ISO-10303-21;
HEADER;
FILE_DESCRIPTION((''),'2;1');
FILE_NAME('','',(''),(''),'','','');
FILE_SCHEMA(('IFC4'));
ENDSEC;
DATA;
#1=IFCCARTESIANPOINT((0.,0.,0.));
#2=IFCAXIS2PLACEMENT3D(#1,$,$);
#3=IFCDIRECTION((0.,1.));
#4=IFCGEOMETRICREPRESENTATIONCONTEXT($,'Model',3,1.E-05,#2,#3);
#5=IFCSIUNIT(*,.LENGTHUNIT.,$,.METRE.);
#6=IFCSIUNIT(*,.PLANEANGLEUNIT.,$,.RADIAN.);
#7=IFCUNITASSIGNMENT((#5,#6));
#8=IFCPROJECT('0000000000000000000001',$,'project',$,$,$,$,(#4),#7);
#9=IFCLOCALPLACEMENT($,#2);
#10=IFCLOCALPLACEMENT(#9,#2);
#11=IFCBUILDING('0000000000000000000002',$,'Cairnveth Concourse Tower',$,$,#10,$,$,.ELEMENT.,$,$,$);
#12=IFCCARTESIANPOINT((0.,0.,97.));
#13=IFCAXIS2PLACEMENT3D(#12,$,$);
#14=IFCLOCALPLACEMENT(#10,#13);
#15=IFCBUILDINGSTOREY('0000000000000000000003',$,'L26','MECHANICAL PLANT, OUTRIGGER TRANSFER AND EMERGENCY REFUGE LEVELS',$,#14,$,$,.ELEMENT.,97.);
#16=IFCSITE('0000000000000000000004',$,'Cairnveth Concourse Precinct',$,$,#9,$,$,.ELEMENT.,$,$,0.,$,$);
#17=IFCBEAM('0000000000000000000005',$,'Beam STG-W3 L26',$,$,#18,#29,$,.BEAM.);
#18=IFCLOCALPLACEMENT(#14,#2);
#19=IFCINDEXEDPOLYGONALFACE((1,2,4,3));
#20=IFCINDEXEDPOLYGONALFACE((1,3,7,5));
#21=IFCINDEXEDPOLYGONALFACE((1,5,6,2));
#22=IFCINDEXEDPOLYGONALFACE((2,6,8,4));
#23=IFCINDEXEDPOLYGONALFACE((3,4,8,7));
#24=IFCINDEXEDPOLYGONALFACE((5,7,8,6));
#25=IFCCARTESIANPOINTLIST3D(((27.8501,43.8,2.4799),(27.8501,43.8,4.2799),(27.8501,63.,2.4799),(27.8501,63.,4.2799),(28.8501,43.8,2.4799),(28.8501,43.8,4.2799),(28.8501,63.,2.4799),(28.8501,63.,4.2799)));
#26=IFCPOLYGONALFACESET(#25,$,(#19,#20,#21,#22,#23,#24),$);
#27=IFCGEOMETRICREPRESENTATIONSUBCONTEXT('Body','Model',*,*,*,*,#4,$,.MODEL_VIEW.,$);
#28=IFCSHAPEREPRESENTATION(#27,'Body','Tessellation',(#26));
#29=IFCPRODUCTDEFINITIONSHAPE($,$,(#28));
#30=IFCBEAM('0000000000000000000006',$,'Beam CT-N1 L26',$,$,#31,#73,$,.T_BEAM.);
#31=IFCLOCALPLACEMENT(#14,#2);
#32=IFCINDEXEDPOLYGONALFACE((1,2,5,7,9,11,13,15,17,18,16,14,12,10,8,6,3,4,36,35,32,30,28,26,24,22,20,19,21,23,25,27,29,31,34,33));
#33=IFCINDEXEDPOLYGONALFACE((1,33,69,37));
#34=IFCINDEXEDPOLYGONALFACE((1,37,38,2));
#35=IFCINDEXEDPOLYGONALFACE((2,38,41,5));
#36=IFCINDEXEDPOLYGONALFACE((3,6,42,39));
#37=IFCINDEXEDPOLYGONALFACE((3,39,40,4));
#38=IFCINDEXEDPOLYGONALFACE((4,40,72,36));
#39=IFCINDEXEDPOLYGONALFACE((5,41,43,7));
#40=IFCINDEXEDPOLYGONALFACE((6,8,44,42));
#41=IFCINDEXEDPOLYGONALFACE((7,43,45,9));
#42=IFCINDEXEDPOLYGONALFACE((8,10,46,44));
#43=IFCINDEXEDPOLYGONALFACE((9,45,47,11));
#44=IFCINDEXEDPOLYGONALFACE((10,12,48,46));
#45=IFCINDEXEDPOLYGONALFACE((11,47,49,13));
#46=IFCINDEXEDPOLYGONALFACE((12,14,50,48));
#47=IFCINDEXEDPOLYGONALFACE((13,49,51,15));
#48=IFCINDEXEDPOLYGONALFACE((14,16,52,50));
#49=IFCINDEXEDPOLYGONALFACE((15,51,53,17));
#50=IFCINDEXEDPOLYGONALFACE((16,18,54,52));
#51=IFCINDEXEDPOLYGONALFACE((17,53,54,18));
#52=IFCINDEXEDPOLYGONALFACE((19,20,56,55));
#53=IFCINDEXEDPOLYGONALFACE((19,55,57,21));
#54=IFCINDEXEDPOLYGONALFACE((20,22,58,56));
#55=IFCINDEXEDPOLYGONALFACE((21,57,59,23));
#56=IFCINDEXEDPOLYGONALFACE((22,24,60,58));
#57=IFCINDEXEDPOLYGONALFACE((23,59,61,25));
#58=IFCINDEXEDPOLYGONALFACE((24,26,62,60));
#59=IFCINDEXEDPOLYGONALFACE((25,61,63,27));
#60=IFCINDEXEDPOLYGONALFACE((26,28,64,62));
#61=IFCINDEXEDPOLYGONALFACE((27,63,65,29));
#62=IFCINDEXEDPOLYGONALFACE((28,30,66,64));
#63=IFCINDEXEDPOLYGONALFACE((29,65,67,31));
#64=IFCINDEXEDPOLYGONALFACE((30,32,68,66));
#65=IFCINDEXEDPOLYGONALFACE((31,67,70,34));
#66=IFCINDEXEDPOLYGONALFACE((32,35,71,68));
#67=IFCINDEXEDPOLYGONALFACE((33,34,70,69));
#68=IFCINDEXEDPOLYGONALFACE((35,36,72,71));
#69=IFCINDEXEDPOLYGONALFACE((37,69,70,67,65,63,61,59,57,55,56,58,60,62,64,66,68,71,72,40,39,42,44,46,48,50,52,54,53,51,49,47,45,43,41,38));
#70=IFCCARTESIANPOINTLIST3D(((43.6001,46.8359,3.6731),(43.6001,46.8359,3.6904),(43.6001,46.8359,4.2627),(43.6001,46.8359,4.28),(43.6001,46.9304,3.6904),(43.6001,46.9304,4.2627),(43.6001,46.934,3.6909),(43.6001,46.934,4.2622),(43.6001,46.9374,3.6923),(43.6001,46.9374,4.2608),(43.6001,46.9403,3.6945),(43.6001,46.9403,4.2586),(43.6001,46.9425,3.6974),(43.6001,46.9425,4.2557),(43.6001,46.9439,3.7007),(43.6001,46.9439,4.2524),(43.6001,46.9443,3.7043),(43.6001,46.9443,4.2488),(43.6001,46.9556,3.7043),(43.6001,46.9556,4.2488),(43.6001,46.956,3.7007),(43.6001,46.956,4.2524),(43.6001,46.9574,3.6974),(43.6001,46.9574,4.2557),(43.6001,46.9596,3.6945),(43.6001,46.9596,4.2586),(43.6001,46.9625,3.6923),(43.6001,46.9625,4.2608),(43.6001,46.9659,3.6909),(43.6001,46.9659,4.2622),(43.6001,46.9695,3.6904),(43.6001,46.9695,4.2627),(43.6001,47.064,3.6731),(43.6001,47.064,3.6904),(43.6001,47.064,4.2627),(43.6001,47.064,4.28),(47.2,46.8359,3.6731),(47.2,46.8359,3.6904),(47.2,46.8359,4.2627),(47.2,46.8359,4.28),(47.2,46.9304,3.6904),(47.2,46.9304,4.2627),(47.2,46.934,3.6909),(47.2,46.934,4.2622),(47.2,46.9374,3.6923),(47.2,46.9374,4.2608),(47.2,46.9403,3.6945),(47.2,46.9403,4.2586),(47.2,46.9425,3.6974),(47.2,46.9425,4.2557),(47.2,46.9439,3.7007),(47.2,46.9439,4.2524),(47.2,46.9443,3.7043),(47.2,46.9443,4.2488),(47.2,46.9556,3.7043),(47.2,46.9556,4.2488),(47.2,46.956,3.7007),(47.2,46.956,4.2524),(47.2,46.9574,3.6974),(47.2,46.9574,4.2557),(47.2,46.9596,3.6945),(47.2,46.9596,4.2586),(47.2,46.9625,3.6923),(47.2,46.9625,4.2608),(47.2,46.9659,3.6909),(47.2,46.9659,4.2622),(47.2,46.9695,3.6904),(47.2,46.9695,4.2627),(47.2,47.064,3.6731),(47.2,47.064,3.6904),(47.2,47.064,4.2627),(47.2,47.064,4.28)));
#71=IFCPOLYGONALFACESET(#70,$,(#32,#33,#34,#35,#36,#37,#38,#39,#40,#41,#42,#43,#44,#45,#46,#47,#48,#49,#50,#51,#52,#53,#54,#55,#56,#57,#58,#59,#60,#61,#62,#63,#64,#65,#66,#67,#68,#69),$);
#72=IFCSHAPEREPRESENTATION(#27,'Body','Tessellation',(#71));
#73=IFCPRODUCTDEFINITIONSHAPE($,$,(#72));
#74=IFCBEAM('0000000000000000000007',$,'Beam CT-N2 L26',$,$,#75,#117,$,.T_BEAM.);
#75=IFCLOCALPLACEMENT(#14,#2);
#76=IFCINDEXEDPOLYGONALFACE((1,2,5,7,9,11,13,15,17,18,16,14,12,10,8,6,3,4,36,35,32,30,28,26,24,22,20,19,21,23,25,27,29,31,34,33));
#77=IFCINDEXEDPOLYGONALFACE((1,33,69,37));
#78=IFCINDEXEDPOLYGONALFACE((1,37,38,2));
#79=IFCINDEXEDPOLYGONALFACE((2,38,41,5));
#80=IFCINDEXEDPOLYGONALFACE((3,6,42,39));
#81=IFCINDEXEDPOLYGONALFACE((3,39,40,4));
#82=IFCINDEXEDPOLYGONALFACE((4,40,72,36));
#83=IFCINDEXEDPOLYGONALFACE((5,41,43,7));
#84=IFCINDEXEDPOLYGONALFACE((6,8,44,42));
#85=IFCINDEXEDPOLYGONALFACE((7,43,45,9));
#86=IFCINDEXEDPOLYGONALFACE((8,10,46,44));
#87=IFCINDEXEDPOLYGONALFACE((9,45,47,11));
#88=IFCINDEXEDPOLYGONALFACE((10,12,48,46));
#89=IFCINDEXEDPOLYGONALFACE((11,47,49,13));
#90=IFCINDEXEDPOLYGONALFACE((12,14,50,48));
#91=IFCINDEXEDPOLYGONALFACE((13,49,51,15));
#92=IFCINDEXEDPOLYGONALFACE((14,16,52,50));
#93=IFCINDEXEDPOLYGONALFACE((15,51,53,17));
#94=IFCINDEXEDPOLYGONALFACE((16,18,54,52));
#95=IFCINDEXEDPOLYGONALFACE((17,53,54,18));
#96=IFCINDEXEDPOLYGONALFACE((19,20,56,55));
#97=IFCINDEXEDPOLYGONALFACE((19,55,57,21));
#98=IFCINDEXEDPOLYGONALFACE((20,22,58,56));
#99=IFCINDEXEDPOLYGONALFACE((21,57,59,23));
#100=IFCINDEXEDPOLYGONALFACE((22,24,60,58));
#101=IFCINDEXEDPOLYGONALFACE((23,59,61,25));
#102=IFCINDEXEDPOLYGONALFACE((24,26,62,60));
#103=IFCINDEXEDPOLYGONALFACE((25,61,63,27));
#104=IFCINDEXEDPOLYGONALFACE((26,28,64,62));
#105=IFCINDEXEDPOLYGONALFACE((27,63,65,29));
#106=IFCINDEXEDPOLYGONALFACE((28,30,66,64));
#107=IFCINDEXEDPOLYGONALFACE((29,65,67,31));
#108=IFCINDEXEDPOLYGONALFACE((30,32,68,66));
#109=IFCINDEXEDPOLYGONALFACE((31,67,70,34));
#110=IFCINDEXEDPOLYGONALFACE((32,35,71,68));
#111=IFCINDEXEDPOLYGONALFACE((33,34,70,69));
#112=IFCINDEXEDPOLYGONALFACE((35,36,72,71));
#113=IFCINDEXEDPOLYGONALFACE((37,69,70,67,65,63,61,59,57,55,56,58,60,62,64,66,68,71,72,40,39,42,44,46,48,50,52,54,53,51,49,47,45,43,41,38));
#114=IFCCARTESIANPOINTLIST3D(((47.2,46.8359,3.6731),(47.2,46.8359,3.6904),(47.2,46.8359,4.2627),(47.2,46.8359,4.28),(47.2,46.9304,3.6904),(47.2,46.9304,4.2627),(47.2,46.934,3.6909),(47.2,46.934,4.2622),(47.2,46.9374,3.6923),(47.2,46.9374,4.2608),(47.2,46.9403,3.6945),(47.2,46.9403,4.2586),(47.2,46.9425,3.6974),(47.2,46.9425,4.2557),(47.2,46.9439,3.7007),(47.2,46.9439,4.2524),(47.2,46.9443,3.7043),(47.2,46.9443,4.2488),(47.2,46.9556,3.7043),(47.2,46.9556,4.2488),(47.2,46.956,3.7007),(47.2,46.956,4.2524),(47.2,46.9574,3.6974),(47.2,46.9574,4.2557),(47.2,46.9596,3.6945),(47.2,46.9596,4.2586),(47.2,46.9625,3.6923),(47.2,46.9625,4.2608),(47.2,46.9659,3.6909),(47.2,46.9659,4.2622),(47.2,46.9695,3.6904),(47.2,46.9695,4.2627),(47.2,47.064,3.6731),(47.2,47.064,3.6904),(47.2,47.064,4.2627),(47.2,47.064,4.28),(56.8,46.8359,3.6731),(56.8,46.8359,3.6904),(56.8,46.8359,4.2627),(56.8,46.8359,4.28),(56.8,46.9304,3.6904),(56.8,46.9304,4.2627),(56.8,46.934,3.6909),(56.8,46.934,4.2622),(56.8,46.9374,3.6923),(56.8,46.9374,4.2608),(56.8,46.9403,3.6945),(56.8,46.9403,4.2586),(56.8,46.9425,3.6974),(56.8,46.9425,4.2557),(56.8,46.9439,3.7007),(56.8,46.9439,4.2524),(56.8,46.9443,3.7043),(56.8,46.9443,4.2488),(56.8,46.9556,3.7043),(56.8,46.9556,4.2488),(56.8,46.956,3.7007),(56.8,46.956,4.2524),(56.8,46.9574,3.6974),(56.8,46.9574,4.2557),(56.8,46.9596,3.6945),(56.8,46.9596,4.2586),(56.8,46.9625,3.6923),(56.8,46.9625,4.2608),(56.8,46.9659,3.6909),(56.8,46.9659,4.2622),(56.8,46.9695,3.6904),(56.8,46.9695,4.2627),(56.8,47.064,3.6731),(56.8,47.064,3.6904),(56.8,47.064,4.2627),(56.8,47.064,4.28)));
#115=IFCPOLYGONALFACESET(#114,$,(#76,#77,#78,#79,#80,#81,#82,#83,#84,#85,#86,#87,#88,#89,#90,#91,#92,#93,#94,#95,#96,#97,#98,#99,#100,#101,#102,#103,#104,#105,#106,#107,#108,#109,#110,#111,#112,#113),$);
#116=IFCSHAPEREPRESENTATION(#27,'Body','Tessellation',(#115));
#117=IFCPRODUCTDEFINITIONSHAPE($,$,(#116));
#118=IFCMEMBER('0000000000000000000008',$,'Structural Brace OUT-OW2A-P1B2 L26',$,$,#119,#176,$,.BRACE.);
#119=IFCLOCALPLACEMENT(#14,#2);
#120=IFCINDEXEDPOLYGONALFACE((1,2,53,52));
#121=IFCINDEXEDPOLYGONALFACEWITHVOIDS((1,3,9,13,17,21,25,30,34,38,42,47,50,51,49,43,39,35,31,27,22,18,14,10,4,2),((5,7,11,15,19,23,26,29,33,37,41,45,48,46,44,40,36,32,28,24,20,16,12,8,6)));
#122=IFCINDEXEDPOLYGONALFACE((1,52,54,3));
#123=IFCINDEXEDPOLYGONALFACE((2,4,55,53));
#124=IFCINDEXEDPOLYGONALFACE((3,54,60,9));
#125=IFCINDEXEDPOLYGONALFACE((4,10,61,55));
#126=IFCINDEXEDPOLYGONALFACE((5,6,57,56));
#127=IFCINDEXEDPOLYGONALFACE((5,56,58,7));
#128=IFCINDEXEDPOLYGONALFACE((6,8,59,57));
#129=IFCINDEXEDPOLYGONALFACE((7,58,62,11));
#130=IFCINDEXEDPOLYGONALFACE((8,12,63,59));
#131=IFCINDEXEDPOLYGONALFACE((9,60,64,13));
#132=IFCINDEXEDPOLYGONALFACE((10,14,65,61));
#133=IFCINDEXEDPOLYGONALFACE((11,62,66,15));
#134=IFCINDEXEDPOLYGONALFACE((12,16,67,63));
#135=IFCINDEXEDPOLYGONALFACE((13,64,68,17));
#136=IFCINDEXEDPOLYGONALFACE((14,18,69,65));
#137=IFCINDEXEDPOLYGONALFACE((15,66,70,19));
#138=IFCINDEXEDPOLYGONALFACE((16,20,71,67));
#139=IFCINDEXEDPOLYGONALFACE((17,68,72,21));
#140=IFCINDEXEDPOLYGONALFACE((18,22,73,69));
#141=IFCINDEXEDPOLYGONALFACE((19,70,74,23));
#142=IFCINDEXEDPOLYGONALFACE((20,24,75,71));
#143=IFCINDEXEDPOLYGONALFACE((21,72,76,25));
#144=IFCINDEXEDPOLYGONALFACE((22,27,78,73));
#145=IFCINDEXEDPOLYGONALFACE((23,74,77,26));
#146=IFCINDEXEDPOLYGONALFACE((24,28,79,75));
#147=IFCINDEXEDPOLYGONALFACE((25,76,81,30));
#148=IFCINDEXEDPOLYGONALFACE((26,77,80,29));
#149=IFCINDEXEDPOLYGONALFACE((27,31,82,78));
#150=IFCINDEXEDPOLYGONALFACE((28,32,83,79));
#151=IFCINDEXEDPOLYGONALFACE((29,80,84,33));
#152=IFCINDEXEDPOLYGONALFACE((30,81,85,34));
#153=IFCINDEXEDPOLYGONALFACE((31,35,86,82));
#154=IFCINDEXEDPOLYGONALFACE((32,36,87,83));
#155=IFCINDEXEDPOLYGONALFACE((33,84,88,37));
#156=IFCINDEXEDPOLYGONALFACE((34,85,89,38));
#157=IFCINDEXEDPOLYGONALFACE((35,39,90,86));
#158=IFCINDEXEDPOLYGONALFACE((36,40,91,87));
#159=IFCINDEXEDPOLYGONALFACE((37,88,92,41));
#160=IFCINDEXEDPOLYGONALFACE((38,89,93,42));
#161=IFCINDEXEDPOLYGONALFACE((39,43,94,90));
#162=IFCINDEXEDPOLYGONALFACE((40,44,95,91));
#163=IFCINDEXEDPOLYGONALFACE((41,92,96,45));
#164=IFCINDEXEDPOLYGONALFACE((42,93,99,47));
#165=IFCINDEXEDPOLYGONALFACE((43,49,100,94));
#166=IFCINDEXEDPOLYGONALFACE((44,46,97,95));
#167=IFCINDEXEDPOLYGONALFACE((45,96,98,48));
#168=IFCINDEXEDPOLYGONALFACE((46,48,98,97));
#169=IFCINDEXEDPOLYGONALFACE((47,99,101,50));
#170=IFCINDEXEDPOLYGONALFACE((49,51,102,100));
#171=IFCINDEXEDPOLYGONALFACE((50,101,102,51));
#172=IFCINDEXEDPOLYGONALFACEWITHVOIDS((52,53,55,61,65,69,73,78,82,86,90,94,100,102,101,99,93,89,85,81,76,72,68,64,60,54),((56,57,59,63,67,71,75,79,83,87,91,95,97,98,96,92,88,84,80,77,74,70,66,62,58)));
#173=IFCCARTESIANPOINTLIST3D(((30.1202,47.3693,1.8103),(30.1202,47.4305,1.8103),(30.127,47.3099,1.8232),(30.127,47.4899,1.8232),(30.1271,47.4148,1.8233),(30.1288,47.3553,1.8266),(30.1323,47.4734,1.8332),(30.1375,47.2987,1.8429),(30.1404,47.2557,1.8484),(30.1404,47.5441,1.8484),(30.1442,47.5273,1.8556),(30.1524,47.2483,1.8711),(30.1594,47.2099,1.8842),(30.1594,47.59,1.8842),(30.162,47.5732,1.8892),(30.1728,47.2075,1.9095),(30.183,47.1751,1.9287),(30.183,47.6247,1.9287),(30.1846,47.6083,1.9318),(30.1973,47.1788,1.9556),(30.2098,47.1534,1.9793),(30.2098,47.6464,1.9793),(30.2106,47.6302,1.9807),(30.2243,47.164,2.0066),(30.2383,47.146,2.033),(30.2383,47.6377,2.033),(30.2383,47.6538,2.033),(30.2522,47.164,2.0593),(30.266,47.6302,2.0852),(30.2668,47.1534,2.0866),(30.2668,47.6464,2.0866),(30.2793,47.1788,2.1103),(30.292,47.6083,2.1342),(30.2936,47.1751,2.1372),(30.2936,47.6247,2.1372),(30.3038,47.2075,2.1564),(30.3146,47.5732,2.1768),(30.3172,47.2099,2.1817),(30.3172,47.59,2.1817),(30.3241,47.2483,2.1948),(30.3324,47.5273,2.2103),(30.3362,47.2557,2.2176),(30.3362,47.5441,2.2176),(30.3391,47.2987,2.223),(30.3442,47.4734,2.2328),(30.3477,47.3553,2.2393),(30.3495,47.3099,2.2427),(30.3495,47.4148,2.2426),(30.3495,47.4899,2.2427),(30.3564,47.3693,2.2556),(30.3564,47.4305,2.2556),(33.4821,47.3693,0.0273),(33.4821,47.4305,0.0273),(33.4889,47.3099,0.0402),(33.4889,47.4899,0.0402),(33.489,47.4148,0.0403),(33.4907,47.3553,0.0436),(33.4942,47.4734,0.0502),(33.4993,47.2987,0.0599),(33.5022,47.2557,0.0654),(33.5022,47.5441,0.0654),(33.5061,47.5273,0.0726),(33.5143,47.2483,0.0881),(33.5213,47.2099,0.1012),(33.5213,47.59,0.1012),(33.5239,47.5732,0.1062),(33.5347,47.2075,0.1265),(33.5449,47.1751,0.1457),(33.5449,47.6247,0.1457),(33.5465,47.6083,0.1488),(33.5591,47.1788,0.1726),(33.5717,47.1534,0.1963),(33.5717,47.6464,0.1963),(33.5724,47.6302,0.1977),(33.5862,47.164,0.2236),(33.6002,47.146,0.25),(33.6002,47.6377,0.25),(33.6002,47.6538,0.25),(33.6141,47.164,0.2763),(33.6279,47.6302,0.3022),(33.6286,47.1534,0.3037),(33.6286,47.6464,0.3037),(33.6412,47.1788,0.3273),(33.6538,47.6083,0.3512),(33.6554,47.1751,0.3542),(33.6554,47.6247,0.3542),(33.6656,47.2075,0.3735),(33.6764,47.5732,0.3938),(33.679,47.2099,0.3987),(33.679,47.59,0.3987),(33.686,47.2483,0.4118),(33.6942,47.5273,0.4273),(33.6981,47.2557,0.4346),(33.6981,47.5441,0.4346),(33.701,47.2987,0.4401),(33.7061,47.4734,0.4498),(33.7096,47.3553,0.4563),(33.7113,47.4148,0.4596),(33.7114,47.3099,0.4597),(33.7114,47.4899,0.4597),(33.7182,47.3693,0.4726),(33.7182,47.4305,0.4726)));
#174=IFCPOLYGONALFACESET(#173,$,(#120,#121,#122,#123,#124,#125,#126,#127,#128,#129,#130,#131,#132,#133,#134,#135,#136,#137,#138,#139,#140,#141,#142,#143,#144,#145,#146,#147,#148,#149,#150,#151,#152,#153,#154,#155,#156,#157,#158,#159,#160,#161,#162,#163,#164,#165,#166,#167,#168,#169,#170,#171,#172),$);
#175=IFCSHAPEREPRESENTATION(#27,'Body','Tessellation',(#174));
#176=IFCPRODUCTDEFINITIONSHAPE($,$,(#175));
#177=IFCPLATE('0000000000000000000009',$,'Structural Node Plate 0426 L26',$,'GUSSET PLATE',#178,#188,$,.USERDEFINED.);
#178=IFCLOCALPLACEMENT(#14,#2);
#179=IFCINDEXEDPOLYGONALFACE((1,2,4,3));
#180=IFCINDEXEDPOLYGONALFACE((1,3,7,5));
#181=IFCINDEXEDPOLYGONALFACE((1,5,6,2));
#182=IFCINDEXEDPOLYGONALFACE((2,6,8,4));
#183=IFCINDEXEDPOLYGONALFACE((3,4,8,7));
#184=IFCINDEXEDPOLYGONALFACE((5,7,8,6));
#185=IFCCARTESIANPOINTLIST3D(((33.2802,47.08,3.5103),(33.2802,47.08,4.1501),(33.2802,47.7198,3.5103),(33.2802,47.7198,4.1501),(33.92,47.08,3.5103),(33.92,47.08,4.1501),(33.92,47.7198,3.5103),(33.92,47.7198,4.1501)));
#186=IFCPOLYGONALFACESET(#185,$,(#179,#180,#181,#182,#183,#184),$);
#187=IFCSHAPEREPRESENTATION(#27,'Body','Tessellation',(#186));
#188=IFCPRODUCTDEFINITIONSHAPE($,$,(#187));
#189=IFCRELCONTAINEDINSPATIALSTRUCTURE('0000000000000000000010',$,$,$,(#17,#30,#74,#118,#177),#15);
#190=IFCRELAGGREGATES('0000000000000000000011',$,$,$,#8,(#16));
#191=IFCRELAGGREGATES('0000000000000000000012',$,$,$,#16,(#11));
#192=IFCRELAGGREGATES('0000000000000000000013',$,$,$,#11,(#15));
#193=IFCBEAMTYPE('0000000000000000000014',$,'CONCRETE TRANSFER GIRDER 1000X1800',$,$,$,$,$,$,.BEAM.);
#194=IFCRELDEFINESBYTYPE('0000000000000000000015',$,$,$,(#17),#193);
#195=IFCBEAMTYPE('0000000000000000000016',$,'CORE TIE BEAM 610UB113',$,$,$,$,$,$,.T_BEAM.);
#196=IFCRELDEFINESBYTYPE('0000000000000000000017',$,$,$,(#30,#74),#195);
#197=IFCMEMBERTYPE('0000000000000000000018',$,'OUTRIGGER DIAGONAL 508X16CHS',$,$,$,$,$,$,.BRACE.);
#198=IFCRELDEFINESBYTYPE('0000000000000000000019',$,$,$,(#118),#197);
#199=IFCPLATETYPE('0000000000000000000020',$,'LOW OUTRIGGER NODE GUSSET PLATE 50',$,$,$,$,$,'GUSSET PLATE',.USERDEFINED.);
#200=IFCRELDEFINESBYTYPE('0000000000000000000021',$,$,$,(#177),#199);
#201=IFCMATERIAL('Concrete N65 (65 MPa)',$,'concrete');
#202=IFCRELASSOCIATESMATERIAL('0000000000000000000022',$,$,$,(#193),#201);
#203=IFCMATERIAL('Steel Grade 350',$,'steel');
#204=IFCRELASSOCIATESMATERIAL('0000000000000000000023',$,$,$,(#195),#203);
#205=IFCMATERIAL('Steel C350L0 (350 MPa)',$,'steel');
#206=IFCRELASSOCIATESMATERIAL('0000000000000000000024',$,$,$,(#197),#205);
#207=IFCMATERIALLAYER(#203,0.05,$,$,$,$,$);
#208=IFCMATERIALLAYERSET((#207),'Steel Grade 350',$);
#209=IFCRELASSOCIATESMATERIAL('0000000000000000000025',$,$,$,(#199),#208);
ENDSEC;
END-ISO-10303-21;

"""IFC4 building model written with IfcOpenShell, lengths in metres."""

from ifc_helpers import new_model, si_unit, direction, frame, origin, origin_2d, place, context, subcontext, project, spatial, rectangle, hollow_circle, i_section, extrude, material, layer, layer_set, material_profile, profile_set, type_object, element, save


model = new_model("IFC4")

# Units and contexts
model_context = context("Model", 3, precision=1e-05, world=origin(), true_north=direction((0.0, 1.0)))
body_context = subcontext(model_context, "Body", "Model", "MODEL_VIEW")
ifc_project = project(units=[si_unit("LENGTHUNIT", "METRE"), si_unit("PLANEANGLEUNIT", "RADIAN")], contexts=[model_context])

# Site, building, storey
site_placement = place(None, origin())
site = spatial("IfcSite", under=ifc_project, at=site_placement, Name="Cairnveth Concourse Precinct", CompositionType="ELEMENT", RefElevation=0.0)
building_placement = place(site_placement, origin())
building = spatial("IfcBuilding", under=site, at=building_placement, Name="Cairnveth Concourse Tower", CompositionType="ELEMENT")
storey_placement = place(building_placement, frame((0.0, 0.0, 97.0)))
storey = spatial("IfcBuildingStorey", under=building, at=storey_placement, Name="L26", Description="MECHANICAL PLANT, OUTRIGGER TRANSFER AND EMERGENCY REFUGE LEVELS", CompositionType="ELEMENT", Elevation=97.0)

# Beams
ifc_material_1 = material(Name="Concrete N65 (65 MPa)", Category="concrete")
ifc_material_profile_1 = material_profile(ifc_material_1, rectangle(XDim=1.0, YDim=1.8, at=origin_2d()), Name="RC-TB-1000x1800")
ifc_profile_set_1 = profile_set([ifc_material_profile_1], Name="Concrete N65 (65 MPa)")
beam_type_1 = type_object("IfcBeamType", Name="CONCRETE TRANSFER GIRDER 1000X1800", PredefinedType="BEAM", material=ifc_profile_set_1)
beam_1_placement = place(storey_placement, frame((28.3501, 43.8, 3.3799), z_axis=(0.0, 1.0, 0.0), x_axis=(-1.0, 0.0, 0.0)))
element("IfcBeam", 1, at=beam_1_placement, inside=storey, type_object=beam_type_1, Name="Beam STG-W3 L26", PredefinedType="BEAM", context=body_context, shape_type="SweptSolid", body=[
    extrude(rectangle(XDim=1.0, YDim=1.8, at=origin_2d()), origin(), (0.0, 0.0, 1.0), 19.2),
])
ifc_material_2 = material(Name="Steel Grade 350", Category="steel")
ifc_material_profile_2 = material_profile(ifc_material_2, i_section(OverallWidth=0.228, OverallDepth=0.6069, WebThickness=0.0112, FlangeThickness=0.0173, FilletRadius=0.0139, at=origin_2d()), Name="610UB113")
ifc_profile_set_2 = profile_set([ifc_material_profile_2], Name="Steel Grade 350")
beam_type_2 = type_object("IfcBeamType", Name="CORE TIE BEAM 610UB113", PredefinedType="T_BEAM", material=ifc_profile_set_2)
beam_2_placement = place(storey_placement, frame((43.6001, 46.95, 3.9766), z_axis=(1.0, 0.0, 0.0), x_axis=(0.0, 1.0, 0.0)))
element("IfcBeam", 2, at=beam_2_placement, inside=storey, type_object=beam_type_2, Name="Beam CT-N1 L26", PredefinedType="T_BEAM", context=body_context, shape_type="SweptSolid", body=[
    extrude(i_section(OverallWidth=0.228, OverallDepth=0.6069, WebThickness=0.0112, FlangeThickness=0.0173, FilletRadius=0.0139, at=origin_2d()), origin(), (0.0, 0.0, 1.0), 3.5999),
])
beam_3_placement = place(storey_placement, frame((47.2, 46.95, 3.9766), z_axis=(1.0, 0.0, 0.0), x_axis=(0.0, 1.0, 0.0)))
element("IfcBeam", 3, at=beam_3_placement, inside=storey, type_object=beam_type_2, Name="Beam CT-N2 L26", PredefinedType="T_BEAM", context=body_context, shape_type="SweptSolid", body=[
    extrude(i_section(OverallWidth=0.228, OverallDepth=0.6069, WebThickness=0.0112, FlangeThickness=0.0173, FilletRadius=0.0139, at=origin_2d()), origin(), (0.0, 0.0, 1.0), 9.6001),
])

# Member
ifc_material_3 = material(Name="Steel C350L0 (350 MPa)", Category="steel")
ifc_material_profile_3 = material_profile(ifc_material_3, hollow_circle(Radius=0.2539, WallThickness=0.0161, at=origin_2d()), Name="508.0x16.0CHS")
ifc_profile_set_3 = profile_set([ifc_material_profile_3], Name="Steel C350L0 (350 MPa)")
member_type = type_object("IfcMemberType", Name="OUTRIGGER DIAGONAL 508X16CHS", PredefinedType="BRACE", material=ifc_profile_set_3)
member_placement = place(storey_placement, frame((30.2383, 47.3999, 2.033), z_axis=(0.883443, 0.0, -0.468539), x_axis=(0.0, 1.0, 0.0)))
element("IfcMember", 4, at=member_placement, inside=storey, type_object=member_type, Name="Structural Brace OUT-OW2A-P1B2 L26", PredefinedType="BRACE", context=body_context, shape_type="SweptSolid", body=[
    extrude(hollow_circle(Radius=0.2539, WallThickness=0.0161, at=origin_2d()), origin(), (0.0, 0.0, 1.0), 3.8054),
])

# Plate
ifc_layer_1 = layer(ifc_material_2, 0.05)
ifc_layer_set_1 = layer_set([ifc_layer_1], Name="Steel Grade 350")
plate_type = type_object("IfcPlateType", Name="LOW OUTRIGGER NODE GUSSET PLATE 50", ElementType="GUSSET PLATE", PredefinedType="USERDEFINED", material=ifc_layer_set_1)
for number, where, z_axis, x_axis, name in (
    (5, (33.6001, 47.3999, 3.5103), (0.0, 0.0, 1.0), (1.0, 0.0, 0.0), "Structural Node Plate 0426 L26"),
):
    element("IfcPlate", number, at=place(storey_placement, frame(where, z_axis=z_axis, x_axis=x_axis)), inside=storey, type_object=plate_type, Name=name, ObjectType="GUSSET PLATE", PredefinedType="USERDEFINED", context=body_context, shape_type="SweptSolid", body=[
        extrude(rectangle(XDim=0.6399, YDim=0.6399, at=origin_2d()), origin(), (0.0, 0.0, 1.0), 0.6399),
    ])

save(model, "model.ifc")
